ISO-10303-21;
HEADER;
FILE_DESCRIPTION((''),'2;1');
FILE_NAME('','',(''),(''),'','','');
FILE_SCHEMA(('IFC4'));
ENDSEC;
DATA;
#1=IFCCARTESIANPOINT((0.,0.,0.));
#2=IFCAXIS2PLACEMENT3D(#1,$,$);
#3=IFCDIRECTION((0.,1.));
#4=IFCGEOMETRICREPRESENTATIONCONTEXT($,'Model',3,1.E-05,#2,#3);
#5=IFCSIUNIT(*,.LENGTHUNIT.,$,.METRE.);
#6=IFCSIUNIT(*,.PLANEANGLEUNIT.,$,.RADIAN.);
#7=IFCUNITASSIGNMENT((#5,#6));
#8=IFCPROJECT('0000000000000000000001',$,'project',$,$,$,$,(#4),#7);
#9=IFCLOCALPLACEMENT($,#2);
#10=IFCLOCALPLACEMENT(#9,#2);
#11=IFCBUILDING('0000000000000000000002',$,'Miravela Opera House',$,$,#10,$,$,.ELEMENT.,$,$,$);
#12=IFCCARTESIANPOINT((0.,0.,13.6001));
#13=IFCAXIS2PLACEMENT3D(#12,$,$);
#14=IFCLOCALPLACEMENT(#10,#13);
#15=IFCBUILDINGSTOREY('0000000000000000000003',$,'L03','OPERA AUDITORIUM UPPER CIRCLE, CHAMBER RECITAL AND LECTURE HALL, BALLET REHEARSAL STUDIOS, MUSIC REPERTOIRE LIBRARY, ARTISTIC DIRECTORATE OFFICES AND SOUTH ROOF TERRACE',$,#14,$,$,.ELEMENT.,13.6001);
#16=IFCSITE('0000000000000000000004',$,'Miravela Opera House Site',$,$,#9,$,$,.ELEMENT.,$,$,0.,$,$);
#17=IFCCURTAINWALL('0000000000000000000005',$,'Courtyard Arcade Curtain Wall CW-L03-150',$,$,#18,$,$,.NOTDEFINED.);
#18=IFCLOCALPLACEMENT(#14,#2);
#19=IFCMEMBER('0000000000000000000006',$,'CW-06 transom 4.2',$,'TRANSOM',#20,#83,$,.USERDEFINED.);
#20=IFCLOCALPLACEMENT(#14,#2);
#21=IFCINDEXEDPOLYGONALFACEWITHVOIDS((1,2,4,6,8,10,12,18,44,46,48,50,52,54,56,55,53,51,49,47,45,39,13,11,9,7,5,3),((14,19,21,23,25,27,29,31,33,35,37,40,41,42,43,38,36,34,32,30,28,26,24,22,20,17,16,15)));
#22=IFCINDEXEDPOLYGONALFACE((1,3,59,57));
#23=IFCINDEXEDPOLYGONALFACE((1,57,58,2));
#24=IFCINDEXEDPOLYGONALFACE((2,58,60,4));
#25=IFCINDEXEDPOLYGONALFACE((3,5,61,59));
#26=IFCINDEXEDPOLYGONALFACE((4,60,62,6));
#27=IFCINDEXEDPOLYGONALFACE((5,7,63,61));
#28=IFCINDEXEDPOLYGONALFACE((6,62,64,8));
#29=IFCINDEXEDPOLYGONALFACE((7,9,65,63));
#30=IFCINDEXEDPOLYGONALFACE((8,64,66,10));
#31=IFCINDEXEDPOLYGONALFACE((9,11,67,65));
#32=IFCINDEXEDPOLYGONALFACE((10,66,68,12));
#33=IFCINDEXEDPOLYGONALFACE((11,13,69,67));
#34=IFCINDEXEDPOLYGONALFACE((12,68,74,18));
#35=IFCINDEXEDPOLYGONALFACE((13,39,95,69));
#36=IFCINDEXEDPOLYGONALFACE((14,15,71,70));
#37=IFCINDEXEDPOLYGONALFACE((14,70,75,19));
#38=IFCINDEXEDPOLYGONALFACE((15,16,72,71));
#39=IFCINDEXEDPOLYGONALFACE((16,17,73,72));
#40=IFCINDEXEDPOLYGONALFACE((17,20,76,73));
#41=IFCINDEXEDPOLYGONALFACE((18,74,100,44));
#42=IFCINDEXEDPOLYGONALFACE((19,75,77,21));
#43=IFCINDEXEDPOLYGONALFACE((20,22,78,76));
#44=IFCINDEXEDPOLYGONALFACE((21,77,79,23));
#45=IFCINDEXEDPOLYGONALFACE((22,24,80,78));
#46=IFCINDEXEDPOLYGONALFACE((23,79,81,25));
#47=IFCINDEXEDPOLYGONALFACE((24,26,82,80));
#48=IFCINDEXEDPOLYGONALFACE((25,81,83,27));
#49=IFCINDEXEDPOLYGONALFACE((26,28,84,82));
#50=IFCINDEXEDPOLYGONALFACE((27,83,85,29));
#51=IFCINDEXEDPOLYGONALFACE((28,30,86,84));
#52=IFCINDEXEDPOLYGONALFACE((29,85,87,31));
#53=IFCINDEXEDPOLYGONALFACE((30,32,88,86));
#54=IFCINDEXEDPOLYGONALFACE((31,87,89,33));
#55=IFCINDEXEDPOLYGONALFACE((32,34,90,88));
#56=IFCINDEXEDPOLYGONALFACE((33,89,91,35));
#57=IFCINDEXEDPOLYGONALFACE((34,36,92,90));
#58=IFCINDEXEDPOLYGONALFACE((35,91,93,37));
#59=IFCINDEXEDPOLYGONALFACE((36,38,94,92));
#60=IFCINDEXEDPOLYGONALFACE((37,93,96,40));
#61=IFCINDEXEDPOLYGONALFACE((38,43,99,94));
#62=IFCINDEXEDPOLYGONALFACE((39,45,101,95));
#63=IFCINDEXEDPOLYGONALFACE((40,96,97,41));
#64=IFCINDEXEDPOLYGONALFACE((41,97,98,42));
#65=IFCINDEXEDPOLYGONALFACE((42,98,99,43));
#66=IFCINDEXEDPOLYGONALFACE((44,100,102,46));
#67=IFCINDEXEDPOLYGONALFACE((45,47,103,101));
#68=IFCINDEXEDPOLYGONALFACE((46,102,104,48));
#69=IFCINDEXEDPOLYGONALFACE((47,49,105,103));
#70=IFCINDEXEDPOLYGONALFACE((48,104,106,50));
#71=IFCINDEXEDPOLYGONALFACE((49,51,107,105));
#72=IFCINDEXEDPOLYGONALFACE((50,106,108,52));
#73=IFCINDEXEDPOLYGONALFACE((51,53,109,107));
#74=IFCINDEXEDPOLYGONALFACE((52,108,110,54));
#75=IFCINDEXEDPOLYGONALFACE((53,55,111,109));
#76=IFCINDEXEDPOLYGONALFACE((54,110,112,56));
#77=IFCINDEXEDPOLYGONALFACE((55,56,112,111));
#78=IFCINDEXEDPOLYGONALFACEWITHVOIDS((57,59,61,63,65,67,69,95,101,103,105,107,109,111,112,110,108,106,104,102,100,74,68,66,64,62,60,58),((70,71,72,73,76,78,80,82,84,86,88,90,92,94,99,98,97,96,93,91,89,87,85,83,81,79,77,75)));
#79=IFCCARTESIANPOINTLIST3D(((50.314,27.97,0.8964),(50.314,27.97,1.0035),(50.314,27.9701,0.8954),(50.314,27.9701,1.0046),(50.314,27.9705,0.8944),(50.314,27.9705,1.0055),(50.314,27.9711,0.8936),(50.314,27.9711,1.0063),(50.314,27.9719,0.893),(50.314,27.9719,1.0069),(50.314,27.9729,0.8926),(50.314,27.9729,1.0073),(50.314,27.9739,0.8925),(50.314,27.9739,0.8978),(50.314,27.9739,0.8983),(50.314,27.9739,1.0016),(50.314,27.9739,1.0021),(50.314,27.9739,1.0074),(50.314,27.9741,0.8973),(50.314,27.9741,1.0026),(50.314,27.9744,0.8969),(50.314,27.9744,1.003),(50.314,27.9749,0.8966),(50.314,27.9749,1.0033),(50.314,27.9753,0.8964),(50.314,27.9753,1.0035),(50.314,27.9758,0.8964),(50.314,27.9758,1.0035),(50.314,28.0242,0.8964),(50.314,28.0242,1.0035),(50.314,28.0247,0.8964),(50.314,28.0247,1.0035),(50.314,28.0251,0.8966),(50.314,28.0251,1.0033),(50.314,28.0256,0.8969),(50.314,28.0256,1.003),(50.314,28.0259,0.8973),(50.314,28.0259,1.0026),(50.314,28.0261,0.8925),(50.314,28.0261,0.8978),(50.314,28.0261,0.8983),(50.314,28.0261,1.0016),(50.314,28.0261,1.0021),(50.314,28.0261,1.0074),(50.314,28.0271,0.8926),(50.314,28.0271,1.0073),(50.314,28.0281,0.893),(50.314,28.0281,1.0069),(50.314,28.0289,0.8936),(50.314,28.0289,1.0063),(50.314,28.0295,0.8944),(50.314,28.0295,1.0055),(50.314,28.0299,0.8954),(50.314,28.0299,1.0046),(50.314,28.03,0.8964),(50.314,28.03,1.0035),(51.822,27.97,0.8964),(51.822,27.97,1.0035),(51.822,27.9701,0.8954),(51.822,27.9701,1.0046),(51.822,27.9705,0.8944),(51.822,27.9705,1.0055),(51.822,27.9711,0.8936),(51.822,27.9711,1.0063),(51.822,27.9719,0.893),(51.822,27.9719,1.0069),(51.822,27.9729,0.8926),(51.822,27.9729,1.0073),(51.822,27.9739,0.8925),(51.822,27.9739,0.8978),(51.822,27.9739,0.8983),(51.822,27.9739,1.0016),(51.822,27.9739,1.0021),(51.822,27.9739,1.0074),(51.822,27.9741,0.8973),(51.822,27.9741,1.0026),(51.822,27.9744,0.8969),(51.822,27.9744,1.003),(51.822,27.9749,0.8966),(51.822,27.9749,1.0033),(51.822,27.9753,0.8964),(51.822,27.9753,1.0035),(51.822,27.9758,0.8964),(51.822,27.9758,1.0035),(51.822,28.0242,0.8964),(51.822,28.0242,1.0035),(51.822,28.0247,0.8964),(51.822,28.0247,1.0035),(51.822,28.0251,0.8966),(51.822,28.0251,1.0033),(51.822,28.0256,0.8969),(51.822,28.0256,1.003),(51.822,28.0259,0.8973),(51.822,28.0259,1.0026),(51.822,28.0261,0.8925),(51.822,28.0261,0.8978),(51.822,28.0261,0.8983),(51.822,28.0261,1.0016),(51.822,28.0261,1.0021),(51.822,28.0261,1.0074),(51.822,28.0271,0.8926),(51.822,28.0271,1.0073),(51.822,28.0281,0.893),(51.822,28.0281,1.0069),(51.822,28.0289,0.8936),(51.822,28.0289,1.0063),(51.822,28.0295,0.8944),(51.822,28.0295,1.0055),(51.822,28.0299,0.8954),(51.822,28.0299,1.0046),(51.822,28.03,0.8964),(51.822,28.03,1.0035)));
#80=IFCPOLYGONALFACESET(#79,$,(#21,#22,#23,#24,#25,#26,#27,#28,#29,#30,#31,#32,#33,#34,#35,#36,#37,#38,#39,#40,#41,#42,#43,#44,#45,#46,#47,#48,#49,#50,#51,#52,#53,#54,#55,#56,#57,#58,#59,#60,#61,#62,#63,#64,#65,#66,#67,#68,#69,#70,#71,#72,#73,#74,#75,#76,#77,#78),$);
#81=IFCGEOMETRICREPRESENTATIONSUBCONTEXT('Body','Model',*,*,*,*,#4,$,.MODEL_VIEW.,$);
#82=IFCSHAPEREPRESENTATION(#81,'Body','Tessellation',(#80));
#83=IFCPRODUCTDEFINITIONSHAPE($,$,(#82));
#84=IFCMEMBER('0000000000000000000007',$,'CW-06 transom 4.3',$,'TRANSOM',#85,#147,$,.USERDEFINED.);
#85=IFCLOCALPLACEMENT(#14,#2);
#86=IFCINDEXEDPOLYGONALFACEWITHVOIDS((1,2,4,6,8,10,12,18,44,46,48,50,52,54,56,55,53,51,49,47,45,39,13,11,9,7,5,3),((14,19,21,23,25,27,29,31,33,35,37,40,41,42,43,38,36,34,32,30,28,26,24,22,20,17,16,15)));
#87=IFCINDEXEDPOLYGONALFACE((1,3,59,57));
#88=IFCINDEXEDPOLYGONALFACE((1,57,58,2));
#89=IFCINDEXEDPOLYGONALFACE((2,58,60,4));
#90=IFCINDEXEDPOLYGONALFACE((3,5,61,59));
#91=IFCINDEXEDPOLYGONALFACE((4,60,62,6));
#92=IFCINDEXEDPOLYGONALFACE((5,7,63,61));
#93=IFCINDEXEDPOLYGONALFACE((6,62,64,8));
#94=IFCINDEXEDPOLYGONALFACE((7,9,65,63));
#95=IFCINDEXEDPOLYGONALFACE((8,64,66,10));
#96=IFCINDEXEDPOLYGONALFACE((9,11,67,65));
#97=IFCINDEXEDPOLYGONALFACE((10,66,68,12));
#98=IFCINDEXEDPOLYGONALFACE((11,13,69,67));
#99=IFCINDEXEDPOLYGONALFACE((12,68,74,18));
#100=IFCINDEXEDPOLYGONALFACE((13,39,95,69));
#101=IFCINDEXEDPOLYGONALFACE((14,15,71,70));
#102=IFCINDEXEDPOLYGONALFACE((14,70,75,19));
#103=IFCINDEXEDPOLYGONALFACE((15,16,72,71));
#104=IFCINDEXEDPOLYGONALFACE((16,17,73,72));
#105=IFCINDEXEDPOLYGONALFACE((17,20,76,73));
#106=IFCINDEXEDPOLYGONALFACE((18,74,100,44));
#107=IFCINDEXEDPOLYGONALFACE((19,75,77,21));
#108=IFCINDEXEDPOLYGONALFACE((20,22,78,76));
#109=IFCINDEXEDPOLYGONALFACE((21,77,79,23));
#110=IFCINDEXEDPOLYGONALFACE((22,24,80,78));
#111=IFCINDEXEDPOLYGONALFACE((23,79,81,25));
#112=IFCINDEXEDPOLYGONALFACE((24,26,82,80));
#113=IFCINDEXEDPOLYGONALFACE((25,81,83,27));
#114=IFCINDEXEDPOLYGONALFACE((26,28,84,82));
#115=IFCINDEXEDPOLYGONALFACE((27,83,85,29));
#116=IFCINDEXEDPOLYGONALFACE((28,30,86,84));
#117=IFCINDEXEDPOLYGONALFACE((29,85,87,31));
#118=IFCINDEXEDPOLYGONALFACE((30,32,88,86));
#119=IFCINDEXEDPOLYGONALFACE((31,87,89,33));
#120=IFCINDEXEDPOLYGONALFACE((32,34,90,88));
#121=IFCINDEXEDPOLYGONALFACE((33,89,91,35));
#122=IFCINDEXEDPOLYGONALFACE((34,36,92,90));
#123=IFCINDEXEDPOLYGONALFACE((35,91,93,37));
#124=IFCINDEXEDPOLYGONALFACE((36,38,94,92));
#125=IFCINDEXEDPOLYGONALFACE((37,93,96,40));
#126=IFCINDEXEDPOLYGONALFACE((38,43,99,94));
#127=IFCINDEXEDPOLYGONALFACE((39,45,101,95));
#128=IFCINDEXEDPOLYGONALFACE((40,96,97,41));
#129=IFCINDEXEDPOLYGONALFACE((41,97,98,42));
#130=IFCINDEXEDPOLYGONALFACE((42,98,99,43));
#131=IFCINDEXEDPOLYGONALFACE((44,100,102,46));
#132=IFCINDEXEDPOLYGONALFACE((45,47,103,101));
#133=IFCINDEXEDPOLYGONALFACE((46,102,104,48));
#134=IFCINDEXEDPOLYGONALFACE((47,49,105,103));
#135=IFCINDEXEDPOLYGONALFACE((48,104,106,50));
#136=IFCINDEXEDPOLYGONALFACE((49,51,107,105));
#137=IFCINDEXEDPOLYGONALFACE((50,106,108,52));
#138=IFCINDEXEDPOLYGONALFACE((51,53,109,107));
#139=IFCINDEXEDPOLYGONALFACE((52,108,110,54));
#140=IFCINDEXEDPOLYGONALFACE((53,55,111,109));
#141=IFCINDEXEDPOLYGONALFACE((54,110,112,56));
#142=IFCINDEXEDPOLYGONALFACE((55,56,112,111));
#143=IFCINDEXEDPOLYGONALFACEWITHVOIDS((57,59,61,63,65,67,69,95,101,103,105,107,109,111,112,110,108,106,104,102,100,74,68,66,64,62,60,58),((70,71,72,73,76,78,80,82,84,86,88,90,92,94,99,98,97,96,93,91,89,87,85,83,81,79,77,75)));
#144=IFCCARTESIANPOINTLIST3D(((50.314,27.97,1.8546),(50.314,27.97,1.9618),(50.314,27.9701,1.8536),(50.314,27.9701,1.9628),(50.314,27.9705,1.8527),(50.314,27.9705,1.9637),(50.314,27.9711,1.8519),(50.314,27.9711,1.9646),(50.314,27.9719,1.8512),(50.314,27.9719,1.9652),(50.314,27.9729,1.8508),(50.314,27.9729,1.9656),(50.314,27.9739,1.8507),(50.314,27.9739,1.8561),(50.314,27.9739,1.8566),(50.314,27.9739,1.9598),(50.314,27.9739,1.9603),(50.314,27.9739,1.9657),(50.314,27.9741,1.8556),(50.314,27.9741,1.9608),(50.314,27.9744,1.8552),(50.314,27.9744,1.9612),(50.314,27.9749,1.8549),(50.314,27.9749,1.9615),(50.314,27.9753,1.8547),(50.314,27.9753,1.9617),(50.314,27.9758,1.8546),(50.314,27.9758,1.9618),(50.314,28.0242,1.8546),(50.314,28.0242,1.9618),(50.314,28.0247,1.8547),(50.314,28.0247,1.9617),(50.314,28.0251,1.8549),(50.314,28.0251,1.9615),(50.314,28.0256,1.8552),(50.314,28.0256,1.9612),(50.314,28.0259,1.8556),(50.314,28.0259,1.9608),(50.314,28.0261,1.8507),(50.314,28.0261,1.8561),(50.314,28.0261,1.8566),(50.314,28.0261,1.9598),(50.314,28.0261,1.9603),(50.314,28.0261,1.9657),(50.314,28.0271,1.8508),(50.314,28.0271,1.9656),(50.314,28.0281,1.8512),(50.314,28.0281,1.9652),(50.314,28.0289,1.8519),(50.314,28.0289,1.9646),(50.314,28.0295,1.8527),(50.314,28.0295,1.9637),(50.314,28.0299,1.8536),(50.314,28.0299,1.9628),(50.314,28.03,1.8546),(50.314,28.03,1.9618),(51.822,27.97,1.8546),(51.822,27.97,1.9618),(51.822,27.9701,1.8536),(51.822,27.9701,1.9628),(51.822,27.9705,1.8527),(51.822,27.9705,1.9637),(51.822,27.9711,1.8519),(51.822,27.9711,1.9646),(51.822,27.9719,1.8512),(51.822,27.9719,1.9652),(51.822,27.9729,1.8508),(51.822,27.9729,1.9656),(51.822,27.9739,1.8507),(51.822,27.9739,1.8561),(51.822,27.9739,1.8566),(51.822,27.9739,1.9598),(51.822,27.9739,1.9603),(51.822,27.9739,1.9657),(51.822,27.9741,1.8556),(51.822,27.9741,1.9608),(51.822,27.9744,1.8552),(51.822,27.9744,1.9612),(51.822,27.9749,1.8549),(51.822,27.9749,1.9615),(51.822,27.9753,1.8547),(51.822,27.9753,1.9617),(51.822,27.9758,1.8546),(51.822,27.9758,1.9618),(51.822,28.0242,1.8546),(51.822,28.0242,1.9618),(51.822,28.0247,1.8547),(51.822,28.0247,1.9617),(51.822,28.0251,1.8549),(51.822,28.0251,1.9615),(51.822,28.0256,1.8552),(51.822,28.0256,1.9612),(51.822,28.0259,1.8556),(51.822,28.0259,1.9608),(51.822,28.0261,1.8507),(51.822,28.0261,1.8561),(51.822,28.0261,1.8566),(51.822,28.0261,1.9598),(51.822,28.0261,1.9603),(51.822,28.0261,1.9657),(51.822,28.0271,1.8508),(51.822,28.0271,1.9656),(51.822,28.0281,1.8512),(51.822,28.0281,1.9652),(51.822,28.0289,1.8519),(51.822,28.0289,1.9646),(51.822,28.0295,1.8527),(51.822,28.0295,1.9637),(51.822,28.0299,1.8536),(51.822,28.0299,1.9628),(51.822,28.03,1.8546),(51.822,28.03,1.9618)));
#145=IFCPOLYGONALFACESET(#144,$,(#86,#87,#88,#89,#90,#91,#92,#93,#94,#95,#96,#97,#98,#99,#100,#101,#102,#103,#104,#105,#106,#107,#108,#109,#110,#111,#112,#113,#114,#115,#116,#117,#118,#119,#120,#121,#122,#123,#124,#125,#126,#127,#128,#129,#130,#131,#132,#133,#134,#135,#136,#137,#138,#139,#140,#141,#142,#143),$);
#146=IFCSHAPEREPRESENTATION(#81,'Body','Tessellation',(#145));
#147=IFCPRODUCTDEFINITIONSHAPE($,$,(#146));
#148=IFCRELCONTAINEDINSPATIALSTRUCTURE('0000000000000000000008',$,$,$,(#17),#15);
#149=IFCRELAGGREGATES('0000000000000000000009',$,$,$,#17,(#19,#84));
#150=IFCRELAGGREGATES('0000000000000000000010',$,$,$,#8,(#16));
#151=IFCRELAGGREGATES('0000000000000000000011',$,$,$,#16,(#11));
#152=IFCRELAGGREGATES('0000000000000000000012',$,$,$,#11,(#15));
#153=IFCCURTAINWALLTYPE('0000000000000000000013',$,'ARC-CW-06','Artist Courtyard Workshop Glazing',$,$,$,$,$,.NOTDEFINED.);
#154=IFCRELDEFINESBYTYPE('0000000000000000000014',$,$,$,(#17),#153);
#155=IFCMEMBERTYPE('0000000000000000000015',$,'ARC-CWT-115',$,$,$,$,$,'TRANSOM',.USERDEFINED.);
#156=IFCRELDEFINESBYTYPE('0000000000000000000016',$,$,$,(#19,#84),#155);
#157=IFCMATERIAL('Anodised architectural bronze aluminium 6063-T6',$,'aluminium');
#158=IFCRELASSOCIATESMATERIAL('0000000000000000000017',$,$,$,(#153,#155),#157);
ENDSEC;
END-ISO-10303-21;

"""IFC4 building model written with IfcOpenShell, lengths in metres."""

from ifc_helpers import new_model, si_unit, direction, frame, origin, origin_2d, place, context, subcontext, project, spatial, hollow_rectangle, extrude, material, material_profile, profile_set, type_object, element, aggregate, save


model = new_model("IFC4")

# Units and contexts
model_context = context("Model", 3, precision=1e-05, world=origin(), true_north=direction((0.0, 1.0)))
body_context = subcontext(model_context, "Body", "Model", "MODEL_VIEW")
ifc_project = project(units=[si_unit("LENGTHUNIT", "METRE"), si_unit("PLANEANGLEUNIT", "RADIAN")], contexts=[model_context])

# Site, building, storey
site_placement = place(None, origin())
site = spatial("IfcSite", under=ifc_project, at=site_placement, Name="Miravela Opera House Site", CompositionType="ELEMENT", RefElevation=0.0)
building_placement = place(site_placement, origin())
building = spatial("IfcBuilding", under=site, at=building_placement, Name="Miravela Opera House", CompositionType="ELEMENT")
storey_placement = place(building_placement, frame((0.0, 0.0, 13.6001)))
storey = spatial("IfcBuildingStorey", under=building, at=storey_placement, Name="L03", Description="OPERA AUDITORIUM UPPER CIRCLE, CHAMBER RECITAL AND LECTURE HALL, BALLET REHEARSAL STUDIOS, MUSIC REPERTOIRE LIBRARY, ARTISTIC DIRECTORATE OFFICES AND SOUTH ROOF TERRACE", CompositionType="ELEMENT", Elevation=13.6001)

# Curtain wall
ifc_material_1 = material(Name="Anodised architectural bronze aluminium 6063-T6", Category="aluminium")
curtain_wall_type = type_object("IfcCurtainWallType", Name="ARC-CW-06", Description="Artist Courtyard Workshop Glazing", PredefinedType="NOTDEFINED", material=ifc_material_1)
curtain_wall_1_placement = place(storey_placement, origin())
curtain_wall_1 = element("IfcCurtainWall", 1, at=curtain_wall_1_placement, inside=storey, type_object=curtain_wall_type, Name="Courtyard Arcade Curtain Wall CW-L03-150", PredefinedType="NOTDEFINED")

# Members
ifc_material_profile_1 = material_profile(ifc_material_1, hollow_rectangle(XDim=0.0601, YDim=0.115, WallThickness=0.0039, InnerFilletRadius=0.002, OuterFilletRadius=0.0039, at=origin_2d()), Name="CWT-60X115")
ifc_profile_set_1 = profile_set([ifc_material_profile_1])
member_type_1 = type_object("IfcMemberType", Name="ARC-CWT-115", ElementType="TRANSOM", PredefinedType="USERDEFINED", material=ifc_profile_set_1)
member_1_placement = place(storey_placement, frame((50.314, 28.0, 0.95), z_axis=(1.0, 0.0, 0.0), x_axis=(0.0, 1.0, 0.0)))
member_1 = element("IfcMember", 2, at=member_1_placement, type_object=member_type_1, Name="CW-06 transom 4.2", ObjectType="TRANSOM", PredefinedType="USERDEFINED", context=body_context, shape_type="SweptSolid", body=[
    extrude(hollow_rectangle(XDim=0.0601, YDim=0.115, WallThickness=0.0039, InnerFilletRadius=0.002, OuterFilletRadius=0.0039, at=origin_2d()), origin(), (0.0, 0.0, 1.0), 1.5081),
])
member_2_placement = place(storey_placement, frame((50.314, 28.0, 1.9082), z_axis=(1.0, 0.0, 0.0), x_axis=(0.0, 1.0, 0.0)))
member_2 = element("IfcMember", 3, at=member_2_placement, type_object=member_type_1, Name="CW-06 transom 4.3", ObjectType="TRANSOM", PredefinedType="USERDEFINED", context=body_context, shape_type="SweptSolid", body=[
    extrude(hollow_rectangle(XDim=0.0601, YDim=0.115, WallThickness=0.0039, InnerFilletRadius=0.002, OuterFilletRadius=0.0039, at=origin_2d()), origin(), (0.0, 0.0, 1.0), 1.5081),
])

aggregate(curtain_wall_1, [member_1, member_2])

save(model, "model.ifc")
